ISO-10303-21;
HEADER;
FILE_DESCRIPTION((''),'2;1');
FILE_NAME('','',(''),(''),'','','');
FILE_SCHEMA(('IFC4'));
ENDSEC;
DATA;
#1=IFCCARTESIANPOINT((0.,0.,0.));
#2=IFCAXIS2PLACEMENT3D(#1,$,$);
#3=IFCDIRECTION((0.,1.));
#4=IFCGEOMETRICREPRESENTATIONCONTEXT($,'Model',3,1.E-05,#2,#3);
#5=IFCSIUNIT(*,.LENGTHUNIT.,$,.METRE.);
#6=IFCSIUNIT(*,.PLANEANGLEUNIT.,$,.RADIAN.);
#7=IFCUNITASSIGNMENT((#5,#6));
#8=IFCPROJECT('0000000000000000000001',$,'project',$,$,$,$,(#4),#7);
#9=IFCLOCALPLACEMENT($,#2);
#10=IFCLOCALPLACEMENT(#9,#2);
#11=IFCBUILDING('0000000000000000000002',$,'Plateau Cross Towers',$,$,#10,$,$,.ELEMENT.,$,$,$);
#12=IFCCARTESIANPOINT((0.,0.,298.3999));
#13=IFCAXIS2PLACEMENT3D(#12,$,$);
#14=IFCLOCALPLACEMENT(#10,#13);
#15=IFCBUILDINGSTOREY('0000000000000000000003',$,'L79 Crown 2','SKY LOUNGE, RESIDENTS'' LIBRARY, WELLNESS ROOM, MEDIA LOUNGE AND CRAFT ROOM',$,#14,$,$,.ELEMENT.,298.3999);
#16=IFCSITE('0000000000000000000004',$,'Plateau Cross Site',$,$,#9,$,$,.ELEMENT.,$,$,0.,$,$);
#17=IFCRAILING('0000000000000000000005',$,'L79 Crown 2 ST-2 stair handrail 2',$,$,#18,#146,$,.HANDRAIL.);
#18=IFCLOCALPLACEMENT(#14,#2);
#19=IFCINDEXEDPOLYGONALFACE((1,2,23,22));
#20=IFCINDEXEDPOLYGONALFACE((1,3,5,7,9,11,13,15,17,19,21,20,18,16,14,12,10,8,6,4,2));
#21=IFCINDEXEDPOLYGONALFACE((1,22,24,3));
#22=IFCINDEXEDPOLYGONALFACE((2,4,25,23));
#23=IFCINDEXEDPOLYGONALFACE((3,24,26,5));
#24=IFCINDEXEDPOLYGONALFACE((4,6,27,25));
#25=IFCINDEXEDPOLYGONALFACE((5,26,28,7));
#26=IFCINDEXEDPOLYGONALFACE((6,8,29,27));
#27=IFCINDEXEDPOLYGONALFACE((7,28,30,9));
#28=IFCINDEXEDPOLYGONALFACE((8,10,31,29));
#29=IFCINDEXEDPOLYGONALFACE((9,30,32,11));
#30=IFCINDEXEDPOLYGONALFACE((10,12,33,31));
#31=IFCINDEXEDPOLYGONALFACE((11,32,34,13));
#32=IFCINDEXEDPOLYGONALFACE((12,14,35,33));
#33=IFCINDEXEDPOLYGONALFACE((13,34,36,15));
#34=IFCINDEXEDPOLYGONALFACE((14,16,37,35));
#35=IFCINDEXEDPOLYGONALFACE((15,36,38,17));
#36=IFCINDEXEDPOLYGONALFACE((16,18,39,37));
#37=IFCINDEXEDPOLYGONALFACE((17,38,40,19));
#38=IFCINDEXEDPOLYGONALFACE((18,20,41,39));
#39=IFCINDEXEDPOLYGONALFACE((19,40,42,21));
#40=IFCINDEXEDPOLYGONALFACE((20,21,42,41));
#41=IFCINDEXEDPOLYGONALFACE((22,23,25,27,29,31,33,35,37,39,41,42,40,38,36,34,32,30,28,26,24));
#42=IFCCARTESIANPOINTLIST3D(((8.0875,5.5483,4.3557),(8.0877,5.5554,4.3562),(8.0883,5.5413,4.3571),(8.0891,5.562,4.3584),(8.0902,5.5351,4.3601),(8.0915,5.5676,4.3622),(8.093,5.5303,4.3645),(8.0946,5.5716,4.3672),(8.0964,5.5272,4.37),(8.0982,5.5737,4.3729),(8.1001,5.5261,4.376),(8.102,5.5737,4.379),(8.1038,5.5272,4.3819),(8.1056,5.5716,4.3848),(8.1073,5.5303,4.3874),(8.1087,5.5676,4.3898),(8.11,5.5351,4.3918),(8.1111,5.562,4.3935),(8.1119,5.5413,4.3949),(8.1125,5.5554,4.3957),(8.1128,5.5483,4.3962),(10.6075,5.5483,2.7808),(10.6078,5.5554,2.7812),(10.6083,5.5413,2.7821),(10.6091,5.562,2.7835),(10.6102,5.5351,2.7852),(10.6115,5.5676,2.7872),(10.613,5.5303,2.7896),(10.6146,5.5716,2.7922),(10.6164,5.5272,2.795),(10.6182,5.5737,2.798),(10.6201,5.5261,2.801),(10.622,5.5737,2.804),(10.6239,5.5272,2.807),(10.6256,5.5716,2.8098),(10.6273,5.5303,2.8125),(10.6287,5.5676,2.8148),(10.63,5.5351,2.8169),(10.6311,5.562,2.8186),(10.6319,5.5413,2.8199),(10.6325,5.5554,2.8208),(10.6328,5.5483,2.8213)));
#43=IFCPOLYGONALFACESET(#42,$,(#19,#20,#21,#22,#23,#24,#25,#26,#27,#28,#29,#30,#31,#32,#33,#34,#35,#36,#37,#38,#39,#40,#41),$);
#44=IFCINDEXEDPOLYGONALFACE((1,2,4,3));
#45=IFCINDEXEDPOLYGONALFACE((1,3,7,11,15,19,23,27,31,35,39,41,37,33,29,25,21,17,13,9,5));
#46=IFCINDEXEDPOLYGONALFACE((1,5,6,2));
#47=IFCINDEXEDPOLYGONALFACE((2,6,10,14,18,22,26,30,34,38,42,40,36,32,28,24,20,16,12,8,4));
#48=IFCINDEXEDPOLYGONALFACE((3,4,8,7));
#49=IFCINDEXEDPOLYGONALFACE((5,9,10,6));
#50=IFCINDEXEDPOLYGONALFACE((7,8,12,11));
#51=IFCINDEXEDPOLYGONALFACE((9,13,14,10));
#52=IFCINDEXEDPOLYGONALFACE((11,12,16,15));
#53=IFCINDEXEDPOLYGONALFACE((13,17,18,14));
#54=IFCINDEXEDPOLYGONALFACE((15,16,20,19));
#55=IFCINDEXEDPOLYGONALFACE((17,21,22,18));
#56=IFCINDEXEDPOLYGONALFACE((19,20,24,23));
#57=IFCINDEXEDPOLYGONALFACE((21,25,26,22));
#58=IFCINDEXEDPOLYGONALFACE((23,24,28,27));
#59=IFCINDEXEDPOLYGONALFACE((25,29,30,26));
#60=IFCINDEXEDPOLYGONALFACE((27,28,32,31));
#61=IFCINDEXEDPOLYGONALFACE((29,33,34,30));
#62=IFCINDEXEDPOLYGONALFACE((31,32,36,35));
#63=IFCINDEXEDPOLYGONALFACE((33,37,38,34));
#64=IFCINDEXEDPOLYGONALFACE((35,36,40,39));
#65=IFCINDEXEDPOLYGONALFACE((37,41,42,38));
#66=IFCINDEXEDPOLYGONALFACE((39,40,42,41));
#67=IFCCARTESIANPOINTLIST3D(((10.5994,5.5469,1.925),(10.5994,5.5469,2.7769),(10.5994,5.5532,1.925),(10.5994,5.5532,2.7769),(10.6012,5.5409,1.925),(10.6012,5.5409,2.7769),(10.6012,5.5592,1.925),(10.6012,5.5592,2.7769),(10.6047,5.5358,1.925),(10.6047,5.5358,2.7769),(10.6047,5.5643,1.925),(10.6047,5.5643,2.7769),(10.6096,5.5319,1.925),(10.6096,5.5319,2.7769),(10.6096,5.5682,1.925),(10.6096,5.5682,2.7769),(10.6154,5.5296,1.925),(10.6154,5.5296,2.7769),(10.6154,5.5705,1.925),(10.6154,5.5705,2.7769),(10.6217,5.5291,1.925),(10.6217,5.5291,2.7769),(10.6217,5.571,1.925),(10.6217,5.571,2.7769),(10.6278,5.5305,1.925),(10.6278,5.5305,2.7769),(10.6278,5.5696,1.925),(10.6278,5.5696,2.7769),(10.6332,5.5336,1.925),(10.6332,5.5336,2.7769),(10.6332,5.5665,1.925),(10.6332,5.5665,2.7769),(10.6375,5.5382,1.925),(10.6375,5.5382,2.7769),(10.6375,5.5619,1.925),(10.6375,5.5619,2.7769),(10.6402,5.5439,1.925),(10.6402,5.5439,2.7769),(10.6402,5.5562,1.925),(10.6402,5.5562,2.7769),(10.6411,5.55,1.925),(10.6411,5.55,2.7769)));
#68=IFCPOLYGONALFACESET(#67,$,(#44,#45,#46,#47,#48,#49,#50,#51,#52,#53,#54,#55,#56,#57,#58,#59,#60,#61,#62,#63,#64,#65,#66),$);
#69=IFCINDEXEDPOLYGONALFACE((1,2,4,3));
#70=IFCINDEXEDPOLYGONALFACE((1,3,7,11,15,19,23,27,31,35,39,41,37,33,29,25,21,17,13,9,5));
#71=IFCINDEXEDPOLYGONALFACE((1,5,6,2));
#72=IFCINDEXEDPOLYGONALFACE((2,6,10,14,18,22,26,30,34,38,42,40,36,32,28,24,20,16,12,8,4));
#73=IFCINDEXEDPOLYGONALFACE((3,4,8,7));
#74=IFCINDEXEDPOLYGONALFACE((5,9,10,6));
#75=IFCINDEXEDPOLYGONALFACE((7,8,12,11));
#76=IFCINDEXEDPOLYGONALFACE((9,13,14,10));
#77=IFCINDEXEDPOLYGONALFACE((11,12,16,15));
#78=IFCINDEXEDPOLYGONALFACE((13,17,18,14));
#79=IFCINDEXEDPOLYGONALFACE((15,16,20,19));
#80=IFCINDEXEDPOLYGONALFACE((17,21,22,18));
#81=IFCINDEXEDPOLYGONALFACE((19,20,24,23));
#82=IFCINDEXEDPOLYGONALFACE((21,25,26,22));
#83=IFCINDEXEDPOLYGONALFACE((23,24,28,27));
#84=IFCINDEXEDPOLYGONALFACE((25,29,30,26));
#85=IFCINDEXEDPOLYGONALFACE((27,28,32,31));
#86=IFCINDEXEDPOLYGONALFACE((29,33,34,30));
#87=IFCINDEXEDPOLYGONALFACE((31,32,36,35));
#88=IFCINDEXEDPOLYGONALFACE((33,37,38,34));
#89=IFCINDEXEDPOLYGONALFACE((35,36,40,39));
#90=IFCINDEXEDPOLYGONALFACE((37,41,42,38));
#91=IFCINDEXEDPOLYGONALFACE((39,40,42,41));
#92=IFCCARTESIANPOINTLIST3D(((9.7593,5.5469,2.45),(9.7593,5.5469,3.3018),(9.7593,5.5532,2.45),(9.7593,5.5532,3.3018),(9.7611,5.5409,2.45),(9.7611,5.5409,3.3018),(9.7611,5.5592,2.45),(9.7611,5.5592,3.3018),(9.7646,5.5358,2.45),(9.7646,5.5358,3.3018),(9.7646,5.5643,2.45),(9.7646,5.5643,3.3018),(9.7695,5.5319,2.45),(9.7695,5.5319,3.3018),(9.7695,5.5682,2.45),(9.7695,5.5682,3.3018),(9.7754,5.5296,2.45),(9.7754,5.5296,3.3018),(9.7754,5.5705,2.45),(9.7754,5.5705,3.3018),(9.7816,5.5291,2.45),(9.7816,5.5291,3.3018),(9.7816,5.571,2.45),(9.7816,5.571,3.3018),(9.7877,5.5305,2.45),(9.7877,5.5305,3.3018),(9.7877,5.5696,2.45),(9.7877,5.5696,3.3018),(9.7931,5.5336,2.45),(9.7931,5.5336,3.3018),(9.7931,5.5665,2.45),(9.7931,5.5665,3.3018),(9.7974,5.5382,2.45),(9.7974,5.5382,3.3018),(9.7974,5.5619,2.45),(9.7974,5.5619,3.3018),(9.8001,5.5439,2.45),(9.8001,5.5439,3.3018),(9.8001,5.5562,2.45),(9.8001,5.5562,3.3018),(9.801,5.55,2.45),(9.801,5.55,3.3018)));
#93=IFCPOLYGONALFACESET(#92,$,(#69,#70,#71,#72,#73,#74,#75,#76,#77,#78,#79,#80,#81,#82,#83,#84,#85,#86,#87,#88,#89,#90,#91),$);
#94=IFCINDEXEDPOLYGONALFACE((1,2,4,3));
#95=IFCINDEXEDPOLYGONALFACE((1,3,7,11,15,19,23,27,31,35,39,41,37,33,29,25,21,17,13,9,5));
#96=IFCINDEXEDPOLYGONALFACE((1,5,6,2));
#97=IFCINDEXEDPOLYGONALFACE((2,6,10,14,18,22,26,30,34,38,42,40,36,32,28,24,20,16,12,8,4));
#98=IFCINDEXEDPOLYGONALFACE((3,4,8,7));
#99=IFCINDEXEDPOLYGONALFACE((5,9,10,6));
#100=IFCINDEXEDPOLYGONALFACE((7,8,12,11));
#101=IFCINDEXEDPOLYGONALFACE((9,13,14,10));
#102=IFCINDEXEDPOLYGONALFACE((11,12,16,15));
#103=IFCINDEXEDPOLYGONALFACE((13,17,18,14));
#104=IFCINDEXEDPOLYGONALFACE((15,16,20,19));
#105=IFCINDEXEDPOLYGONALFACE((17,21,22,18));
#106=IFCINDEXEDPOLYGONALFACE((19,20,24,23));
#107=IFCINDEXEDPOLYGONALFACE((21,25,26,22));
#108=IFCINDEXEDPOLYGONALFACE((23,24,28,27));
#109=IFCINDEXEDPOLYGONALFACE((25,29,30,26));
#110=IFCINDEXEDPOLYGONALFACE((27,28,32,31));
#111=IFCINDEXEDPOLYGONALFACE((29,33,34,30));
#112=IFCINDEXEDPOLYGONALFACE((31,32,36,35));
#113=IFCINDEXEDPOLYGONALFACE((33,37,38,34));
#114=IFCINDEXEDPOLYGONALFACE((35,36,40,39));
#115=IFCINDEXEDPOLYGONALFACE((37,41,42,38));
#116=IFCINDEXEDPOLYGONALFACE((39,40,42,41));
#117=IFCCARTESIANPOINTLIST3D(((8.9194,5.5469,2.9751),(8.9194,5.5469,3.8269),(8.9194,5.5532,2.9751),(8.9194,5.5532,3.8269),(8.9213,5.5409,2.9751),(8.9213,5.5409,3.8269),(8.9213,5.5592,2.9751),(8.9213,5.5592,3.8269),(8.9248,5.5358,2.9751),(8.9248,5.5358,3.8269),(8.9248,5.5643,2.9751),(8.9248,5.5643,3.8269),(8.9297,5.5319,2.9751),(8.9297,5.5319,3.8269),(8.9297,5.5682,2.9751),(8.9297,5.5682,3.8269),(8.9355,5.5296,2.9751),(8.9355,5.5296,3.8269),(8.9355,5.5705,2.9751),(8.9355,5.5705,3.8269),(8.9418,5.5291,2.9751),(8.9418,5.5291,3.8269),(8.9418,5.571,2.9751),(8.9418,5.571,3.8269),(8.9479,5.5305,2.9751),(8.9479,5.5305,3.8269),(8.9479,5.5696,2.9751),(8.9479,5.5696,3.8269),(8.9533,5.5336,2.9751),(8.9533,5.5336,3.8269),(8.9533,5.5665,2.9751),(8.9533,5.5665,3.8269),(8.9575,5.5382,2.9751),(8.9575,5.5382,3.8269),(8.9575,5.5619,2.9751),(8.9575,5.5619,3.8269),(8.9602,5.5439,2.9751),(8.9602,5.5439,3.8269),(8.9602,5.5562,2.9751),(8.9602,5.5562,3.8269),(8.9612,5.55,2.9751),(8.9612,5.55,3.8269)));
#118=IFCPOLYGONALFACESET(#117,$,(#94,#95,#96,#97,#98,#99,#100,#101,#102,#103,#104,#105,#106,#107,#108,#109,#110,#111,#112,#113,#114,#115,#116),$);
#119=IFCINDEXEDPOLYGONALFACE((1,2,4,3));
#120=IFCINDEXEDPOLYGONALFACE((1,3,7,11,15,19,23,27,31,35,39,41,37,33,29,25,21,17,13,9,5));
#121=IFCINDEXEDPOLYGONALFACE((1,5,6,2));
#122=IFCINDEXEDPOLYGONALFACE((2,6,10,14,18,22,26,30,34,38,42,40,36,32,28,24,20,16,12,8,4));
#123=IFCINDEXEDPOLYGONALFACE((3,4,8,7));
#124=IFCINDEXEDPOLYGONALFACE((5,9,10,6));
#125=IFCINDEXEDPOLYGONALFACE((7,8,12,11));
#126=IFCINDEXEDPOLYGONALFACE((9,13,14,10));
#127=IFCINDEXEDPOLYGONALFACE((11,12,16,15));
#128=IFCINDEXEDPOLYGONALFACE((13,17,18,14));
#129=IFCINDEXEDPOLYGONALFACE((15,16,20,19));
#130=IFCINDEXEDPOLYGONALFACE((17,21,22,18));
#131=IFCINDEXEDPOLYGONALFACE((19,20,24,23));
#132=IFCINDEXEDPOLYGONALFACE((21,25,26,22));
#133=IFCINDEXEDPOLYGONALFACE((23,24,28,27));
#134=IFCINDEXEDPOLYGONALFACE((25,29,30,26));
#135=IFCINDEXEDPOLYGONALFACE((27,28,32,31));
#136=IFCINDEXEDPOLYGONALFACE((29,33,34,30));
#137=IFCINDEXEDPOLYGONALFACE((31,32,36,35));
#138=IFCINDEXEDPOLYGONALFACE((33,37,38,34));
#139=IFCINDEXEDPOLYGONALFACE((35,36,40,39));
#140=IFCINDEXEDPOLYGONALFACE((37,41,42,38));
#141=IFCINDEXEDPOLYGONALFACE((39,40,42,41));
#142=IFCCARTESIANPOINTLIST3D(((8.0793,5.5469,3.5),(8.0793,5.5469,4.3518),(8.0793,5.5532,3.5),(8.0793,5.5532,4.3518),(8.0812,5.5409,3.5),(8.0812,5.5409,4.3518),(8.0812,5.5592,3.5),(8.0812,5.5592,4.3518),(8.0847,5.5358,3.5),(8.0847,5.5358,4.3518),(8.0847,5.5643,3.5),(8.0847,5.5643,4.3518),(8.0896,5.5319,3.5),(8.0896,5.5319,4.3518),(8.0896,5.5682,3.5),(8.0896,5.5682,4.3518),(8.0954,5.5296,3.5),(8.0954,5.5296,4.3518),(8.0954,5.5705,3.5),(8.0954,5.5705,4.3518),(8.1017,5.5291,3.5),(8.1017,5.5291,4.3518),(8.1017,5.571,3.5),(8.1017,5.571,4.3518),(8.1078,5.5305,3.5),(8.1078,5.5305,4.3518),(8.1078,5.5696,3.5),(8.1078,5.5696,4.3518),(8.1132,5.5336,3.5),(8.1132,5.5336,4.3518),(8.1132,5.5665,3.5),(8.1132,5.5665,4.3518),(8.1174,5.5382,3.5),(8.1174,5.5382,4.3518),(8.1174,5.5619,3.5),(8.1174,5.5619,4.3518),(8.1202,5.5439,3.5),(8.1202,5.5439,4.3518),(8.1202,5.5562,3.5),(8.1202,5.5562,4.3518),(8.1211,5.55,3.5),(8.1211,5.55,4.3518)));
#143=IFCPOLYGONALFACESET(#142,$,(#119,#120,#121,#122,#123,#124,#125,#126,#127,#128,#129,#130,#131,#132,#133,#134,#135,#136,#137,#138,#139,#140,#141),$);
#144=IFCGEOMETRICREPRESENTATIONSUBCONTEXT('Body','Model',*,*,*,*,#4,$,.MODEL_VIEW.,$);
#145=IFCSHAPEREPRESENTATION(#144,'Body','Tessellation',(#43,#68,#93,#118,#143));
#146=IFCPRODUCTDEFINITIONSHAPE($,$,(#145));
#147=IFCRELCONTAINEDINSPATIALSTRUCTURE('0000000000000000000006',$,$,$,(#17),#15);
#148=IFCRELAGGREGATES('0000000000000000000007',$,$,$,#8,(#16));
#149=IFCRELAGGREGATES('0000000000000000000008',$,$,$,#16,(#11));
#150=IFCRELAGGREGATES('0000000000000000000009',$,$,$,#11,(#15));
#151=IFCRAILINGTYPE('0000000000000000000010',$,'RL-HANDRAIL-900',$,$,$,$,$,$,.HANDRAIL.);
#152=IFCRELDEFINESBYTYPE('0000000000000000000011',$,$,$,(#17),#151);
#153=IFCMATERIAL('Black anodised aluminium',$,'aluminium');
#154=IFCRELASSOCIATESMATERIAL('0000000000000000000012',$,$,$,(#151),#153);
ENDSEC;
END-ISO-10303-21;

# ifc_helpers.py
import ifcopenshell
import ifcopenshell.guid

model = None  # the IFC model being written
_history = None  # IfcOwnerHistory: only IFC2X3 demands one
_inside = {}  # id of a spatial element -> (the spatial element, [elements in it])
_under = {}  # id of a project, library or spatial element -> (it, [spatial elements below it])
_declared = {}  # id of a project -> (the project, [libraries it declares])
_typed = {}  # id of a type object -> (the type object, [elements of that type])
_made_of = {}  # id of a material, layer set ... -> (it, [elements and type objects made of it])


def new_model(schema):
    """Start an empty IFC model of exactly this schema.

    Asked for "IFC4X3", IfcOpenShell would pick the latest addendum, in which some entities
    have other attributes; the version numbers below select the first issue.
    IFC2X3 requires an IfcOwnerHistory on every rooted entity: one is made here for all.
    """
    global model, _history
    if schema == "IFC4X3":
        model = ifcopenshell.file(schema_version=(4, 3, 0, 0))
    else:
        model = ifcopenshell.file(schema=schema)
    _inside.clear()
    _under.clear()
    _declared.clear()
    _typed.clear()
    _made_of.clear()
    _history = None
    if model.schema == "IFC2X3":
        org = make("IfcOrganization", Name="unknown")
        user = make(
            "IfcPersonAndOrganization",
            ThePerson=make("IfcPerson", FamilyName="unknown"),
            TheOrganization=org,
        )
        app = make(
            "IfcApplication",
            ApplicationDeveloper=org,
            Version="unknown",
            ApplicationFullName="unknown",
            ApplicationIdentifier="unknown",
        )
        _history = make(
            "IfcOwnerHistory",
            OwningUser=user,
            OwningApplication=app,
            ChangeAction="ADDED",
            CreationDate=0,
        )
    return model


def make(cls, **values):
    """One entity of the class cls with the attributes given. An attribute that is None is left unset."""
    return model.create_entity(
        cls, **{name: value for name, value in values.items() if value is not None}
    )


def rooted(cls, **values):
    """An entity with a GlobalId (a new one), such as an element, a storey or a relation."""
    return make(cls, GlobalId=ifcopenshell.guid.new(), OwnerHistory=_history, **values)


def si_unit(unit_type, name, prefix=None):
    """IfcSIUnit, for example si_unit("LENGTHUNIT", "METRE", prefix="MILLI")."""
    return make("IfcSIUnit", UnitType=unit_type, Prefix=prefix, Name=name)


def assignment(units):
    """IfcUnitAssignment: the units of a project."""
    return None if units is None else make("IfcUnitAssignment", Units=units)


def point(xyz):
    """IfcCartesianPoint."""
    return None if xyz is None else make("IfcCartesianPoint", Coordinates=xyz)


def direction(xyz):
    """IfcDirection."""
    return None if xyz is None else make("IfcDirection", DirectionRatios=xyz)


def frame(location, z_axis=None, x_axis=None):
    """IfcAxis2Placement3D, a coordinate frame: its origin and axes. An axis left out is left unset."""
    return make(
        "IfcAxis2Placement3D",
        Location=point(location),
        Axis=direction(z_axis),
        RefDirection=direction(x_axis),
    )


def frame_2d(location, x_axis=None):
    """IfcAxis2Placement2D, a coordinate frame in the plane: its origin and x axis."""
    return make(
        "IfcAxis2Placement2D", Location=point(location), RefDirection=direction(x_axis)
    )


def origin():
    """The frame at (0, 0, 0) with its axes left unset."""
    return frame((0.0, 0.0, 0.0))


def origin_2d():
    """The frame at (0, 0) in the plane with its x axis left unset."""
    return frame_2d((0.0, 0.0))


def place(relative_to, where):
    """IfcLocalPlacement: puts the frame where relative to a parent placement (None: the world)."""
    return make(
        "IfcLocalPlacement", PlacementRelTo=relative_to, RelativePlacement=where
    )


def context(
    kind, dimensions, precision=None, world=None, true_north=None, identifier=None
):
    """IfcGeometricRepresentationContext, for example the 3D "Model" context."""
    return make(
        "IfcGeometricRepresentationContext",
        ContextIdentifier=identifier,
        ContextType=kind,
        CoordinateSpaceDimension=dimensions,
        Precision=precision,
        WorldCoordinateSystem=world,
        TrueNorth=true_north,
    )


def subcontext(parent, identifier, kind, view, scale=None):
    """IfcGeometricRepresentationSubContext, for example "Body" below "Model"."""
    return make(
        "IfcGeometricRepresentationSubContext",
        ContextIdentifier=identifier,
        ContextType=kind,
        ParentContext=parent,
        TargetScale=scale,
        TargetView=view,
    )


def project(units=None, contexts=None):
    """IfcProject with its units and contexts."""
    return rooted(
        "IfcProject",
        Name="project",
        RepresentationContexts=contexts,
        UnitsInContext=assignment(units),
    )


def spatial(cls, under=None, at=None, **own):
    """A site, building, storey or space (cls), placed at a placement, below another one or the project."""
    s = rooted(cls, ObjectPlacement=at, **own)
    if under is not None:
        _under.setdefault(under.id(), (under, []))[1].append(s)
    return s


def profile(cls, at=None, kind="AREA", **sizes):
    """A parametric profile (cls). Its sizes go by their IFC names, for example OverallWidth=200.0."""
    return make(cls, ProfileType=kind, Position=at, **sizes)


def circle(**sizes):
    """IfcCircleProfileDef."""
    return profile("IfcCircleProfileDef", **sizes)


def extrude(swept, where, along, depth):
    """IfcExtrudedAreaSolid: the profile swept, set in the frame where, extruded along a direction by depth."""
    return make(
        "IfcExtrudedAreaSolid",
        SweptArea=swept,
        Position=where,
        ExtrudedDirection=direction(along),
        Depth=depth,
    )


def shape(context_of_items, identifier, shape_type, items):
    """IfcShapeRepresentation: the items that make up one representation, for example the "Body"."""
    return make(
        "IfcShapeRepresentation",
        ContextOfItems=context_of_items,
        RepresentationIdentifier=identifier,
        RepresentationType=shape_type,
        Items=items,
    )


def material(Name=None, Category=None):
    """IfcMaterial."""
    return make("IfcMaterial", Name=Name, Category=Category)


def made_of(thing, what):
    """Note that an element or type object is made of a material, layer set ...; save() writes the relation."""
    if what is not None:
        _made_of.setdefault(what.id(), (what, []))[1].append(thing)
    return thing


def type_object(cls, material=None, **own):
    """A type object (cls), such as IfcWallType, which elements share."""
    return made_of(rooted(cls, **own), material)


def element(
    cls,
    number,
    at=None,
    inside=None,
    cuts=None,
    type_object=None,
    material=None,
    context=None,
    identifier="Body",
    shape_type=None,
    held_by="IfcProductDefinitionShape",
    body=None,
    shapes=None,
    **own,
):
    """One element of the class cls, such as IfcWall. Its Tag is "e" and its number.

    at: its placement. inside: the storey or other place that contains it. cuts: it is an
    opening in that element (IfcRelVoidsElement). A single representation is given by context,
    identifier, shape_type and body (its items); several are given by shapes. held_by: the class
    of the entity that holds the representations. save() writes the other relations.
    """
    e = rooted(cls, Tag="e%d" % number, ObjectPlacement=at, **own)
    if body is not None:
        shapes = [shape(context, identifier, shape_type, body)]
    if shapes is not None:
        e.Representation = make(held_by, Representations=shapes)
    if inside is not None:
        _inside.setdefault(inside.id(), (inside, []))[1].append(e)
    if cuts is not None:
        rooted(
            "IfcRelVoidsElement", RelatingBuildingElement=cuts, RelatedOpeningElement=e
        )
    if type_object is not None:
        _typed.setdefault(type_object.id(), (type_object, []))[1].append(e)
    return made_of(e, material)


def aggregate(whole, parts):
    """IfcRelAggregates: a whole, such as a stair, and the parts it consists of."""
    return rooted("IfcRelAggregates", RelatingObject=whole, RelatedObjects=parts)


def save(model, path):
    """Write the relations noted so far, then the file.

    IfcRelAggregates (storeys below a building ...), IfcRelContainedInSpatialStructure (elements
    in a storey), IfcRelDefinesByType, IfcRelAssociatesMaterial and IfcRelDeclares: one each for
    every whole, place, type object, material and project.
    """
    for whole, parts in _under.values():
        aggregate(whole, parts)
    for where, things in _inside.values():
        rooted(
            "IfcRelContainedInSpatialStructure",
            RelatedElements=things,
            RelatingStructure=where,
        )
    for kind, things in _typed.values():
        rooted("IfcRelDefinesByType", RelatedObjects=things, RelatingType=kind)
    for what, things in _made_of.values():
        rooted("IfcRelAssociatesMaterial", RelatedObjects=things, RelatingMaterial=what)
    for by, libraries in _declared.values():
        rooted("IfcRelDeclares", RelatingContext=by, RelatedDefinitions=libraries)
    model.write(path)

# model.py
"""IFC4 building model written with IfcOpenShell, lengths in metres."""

from ifc_helpers import new_model, si_unit, direction, frame, origin, origin_2d, place, context, subcontext, project, spatial, circle, extrude, material, type_object, element, save


model = new_model("IFC4")

# Units and contexts
model_context = context("Model", 3, precision=1e-05, world=origin(), true_north=direction((0.0, 1.0)))
body_context = subcontext(model_context, "Body", "Model", "MODEL_VIEW")
ifc_project = project(units=[si_unit("LENGTHUNIT", "METRE"), si_unit("PLANEANGLEUNIT", "RADIAN")], contexts=[model_context])

# Site, building, storey
site_placement = place(None, origin())
site = spatial("IfcSite", under=ifc_project, at=site_placement, Name="Plateau Cross Site", CompositionType="ELEMENT", RefElevation=0.0)
building_placement = place(site_placement, origin())
building = spatial("IfcBuilding", under=site, at=building_placement, Name="Plateau Cross Towers", CompositionType="ELEMENT")
storey_placement = place(building_placement, frame((0.0, 0.0, 298.3999)))
storey = spatial("IfcBuildingStorey", under=building, at=storey_placement, Name="L79 Crown 2", Description="SKY LOUNGE, RESIDENTS' LIBRARY, WELLNESS ROOM, MEDIA LOUNGE AND CRAFT ROOM", CompositionType="ELEMENT", Elevation=298.3999)

# Shared definitions
ifc_material_1 = material(Name="Black anodised aluminium", Category="aluminium")

# Railing
railing_type_1 = type_object("IfcRailingType", Name="RL-HANDRAIL-900", PredefinedType="HANDRAIL", material=ifc_material_1)
railing_1_placement = place(storey_placement, frame((10.6201, 5.55, 1.925)))
element("IfcRailing", 1, at=railing_1_placement, inside=storey, type_object=railing_type_1, Name="L79 Crown 2 ST-2 stair handrail 2", PredefinedType="HANDRAIL", context=body_context, shape_type="SweptSolid", body=[
    extrude(circle(Radius=0.0239, at=origin_2d()), frame((0.0, 0.0, 0.876), z_axis=(-0.848008, 0.0, 0.529984), x_axis=(0.0, -1.0, 0.0)), (0.0, 0.0, 1.0), 2.9717),
    extrude(circle(Radius=0.021, at=origin_2d()), origin(), (0.0, 0.0, 1.0), 0.8518),
    extrude(circle(Radius=0.021, at=origin_2d()), frame((-0.8401, 0.0, 0.5249)), (0.0, 0.0, 1.0), 0.8518),
    extrude(circle(Radius=0.021, at=origin_2d()), frame((-1.6799, 0.0, 1.05)), (0.0, 0.0, 1.0), 0.8518),
    extrude(circle(Radius=0.021, at=origin_2d()), frame((-2.52, 0.0, 1.575)), (0.0, 0.0, 1.0), 0.8518),
])

save(model, "model.ifc")
